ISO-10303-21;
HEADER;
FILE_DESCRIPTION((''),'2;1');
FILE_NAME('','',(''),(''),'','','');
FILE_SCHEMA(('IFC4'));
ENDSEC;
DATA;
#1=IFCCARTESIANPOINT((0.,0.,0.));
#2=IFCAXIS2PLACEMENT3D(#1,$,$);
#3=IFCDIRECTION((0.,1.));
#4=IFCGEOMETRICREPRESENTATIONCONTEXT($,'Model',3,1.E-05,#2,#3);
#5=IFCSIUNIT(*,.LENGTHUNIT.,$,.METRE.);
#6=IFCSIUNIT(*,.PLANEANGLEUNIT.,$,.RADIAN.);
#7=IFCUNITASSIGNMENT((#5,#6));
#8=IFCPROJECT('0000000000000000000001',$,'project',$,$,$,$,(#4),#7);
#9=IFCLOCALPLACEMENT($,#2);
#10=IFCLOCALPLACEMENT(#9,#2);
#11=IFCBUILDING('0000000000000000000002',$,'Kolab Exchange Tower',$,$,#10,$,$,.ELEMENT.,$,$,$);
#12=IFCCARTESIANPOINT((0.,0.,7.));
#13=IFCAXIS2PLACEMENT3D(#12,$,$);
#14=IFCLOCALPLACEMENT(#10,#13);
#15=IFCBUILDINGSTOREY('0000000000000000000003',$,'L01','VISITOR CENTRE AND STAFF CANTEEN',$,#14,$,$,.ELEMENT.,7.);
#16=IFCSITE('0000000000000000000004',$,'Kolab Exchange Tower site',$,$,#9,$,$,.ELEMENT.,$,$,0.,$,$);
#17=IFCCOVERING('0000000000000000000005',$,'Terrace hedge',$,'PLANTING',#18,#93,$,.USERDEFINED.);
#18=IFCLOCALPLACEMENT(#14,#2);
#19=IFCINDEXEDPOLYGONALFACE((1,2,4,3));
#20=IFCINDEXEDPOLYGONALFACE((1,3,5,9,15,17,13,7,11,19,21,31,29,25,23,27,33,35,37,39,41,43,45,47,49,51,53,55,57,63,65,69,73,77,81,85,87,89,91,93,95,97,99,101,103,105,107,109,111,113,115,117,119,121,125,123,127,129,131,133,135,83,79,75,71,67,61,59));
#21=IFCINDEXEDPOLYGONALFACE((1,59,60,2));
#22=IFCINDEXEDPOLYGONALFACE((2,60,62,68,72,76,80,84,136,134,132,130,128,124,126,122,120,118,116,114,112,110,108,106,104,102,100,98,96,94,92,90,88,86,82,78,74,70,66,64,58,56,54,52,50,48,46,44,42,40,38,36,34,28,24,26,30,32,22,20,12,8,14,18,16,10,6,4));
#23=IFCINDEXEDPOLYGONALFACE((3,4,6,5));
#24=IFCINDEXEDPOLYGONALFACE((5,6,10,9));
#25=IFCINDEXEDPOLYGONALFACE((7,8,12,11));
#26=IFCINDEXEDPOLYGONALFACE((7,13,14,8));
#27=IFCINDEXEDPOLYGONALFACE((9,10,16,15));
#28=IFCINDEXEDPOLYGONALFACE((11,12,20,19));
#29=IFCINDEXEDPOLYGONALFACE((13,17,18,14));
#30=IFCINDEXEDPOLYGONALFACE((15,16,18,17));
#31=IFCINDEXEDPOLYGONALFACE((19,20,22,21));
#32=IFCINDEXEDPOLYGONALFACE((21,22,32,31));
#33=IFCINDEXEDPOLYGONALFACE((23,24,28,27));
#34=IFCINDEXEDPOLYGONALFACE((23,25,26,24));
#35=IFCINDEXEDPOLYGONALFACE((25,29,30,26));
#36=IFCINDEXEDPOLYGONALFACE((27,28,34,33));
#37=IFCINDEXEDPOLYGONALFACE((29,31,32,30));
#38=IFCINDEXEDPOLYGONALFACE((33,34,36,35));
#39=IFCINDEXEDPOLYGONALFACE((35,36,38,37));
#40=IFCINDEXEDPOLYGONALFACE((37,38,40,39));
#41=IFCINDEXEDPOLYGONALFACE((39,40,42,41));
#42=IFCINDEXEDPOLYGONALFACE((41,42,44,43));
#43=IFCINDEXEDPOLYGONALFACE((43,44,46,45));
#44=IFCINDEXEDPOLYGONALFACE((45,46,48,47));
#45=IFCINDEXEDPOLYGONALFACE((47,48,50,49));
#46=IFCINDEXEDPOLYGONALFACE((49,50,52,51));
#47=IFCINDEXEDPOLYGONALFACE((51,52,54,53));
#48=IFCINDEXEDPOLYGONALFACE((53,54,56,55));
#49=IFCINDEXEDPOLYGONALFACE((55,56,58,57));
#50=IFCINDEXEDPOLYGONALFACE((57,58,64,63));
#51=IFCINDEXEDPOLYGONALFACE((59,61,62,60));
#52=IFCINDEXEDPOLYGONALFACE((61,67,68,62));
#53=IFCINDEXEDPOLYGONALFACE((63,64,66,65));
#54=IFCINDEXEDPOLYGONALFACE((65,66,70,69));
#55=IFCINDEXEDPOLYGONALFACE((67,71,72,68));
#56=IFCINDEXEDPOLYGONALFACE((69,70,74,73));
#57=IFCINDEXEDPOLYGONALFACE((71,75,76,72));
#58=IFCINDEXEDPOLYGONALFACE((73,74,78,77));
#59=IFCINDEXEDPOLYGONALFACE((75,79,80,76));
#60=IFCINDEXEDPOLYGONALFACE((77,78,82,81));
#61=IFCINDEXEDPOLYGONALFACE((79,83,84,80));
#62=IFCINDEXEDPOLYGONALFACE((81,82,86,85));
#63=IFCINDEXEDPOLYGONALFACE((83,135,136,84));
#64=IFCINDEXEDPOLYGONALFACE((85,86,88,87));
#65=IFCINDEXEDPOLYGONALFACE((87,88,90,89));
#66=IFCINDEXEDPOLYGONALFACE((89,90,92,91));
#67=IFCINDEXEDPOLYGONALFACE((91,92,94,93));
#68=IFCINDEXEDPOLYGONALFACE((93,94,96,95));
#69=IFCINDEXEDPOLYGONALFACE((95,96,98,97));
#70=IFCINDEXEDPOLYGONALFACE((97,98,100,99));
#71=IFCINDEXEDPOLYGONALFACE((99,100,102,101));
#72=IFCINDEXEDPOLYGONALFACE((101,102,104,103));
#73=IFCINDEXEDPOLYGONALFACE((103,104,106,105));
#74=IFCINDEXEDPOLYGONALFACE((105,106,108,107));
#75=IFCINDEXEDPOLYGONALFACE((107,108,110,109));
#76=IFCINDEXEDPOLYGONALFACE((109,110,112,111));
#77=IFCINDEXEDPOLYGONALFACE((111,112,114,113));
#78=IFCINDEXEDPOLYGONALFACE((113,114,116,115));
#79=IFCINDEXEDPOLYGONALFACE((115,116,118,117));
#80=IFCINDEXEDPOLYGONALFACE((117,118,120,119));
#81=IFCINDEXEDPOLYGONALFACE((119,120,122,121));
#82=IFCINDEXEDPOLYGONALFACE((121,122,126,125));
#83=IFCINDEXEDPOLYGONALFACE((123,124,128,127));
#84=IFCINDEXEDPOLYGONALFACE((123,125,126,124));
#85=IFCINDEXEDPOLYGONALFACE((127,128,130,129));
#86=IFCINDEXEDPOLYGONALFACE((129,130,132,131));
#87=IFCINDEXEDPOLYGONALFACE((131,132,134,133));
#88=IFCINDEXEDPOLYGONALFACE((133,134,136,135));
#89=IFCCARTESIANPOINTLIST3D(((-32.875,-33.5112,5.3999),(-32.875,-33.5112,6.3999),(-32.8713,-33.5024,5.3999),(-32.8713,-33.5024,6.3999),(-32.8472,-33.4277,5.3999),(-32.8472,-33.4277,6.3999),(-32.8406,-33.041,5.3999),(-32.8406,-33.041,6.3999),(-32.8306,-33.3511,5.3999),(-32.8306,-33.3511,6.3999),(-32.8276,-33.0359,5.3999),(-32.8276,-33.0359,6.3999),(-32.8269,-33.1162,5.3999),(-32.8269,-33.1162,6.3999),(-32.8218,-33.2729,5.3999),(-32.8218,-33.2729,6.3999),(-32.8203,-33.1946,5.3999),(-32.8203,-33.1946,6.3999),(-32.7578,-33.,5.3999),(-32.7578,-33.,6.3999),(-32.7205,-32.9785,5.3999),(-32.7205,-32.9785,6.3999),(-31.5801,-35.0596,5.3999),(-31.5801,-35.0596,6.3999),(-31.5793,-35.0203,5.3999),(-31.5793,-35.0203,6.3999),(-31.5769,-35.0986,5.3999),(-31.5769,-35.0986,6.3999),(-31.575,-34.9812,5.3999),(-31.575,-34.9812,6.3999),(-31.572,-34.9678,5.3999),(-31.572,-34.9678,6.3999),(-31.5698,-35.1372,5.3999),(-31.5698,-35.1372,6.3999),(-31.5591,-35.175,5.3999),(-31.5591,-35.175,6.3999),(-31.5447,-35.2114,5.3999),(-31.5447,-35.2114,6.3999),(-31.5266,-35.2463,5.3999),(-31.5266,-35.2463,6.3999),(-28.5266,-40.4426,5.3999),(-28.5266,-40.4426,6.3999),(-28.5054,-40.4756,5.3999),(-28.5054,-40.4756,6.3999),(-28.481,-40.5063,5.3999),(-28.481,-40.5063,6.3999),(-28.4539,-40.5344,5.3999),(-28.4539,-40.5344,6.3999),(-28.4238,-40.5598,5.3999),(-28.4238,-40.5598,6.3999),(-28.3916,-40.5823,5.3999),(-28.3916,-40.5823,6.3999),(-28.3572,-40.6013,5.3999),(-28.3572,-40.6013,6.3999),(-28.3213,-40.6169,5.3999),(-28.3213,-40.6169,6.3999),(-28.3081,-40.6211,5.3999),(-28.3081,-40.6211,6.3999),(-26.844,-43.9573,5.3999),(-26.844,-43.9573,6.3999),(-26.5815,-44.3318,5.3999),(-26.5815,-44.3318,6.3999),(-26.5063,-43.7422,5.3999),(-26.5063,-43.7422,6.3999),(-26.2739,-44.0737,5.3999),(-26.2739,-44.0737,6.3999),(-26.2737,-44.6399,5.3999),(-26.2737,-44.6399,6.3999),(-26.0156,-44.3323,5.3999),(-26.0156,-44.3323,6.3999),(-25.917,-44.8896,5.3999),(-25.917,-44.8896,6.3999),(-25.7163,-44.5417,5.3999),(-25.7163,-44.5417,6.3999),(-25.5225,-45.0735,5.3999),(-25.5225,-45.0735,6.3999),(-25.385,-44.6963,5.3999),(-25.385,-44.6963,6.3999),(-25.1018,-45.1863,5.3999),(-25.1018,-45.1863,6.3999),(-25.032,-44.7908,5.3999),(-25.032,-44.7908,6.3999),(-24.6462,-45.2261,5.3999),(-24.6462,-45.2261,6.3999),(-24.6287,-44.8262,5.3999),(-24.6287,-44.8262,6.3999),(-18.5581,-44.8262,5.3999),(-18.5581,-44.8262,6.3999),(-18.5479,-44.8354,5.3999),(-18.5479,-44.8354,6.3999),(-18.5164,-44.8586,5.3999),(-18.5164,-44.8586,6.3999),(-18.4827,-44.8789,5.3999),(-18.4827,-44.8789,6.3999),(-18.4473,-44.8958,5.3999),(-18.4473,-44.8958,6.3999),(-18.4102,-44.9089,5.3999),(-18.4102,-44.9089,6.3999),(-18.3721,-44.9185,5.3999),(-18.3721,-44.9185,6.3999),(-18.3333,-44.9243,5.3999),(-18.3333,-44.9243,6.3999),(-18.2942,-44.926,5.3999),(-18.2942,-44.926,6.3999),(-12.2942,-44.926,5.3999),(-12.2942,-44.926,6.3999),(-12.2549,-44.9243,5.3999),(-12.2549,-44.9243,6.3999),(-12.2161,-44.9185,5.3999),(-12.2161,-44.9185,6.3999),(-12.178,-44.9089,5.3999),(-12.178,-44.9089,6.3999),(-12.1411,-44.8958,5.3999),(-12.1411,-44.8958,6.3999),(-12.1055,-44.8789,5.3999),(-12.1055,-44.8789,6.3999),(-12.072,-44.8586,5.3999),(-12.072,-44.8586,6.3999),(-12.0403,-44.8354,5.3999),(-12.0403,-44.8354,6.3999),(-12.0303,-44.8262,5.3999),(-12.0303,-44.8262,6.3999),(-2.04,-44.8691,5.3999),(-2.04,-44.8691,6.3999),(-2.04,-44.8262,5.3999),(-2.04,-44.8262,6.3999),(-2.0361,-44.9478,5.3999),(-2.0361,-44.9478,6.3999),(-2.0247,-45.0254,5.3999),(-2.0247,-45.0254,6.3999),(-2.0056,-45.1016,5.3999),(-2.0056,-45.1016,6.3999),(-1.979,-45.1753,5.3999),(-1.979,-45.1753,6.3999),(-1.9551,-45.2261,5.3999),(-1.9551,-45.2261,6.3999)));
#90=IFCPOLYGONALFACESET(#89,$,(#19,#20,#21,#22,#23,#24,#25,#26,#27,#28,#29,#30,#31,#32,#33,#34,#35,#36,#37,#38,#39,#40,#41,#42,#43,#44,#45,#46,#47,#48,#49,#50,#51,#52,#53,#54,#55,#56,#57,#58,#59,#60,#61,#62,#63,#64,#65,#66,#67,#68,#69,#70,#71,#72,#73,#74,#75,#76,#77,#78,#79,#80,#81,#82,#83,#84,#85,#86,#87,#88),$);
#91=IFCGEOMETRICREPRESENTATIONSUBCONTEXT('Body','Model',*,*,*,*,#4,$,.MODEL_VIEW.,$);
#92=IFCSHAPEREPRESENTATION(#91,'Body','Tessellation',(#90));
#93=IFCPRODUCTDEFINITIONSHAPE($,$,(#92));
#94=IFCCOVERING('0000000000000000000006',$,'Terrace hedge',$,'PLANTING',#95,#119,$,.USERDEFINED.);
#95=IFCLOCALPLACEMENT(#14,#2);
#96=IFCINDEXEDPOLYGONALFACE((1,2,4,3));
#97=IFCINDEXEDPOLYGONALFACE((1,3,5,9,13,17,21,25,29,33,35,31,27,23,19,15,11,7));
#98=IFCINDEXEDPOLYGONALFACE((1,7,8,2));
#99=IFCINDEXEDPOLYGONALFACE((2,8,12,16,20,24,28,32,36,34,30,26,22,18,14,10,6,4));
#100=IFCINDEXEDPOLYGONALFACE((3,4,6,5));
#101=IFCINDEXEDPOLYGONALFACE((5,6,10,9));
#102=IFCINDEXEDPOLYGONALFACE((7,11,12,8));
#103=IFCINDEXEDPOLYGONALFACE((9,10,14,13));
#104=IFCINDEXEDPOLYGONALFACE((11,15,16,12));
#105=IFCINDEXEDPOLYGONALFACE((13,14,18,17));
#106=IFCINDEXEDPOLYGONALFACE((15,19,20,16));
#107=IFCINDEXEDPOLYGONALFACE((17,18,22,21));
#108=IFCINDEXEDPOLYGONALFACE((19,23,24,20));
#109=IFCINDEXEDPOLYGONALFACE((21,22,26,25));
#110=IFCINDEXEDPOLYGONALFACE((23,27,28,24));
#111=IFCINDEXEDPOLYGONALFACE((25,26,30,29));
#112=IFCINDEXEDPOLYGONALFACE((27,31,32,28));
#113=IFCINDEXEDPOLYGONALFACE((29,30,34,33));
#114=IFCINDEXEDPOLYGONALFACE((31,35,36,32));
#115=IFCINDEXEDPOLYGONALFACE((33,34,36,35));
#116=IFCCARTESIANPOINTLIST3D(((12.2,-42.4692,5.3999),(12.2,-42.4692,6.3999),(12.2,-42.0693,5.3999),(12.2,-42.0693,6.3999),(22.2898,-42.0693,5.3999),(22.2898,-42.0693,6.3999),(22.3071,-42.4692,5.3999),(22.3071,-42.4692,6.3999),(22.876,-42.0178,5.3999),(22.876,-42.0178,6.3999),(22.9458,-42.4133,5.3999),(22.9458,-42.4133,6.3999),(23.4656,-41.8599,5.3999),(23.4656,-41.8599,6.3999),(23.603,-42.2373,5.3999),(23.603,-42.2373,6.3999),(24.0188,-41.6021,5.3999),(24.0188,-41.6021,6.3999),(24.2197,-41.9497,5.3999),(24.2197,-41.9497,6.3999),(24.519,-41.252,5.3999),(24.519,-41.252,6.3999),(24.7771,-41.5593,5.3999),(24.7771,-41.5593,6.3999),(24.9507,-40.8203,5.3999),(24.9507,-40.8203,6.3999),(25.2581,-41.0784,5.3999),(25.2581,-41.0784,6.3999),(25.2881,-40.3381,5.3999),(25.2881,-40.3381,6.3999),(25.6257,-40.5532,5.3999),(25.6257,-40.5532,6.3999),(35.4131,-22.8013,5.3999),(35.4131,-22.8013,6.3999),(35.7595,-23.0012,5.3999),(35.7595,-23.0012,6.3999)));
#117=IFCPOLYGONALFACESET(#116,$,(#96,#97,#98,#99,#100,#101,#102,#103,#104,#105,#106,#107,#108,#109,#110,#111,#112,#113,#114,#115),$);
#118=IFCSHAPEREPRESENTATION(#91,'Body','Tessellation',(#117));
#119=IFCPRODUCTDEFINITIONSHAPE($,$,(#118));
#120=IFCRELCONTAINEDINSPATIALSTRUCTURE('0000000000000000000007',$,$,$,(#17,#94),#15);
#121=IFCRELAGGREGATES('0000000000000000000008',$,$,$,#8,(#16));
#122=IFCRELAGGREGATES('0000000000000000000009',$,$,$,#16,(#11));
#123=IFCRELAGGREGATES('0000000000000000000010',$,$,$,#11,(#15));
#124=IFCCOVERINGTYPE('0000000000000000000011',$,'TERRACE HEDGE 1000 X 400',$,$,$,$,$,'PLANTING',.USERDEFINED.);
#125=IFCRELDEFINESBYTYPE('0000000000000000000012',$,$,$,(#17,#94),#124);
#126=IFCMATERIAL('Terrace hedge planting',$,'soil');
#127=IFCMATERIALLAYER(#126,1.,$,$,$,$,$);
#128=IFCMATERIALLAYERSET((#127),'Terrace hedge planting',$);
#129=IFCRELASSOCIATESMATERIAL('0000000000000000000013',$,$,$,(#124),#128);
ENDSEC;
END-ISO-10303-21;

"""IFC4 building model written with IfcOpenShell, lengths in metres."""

from ifc_helpers import new_model, si_unit, direction, frame, origin, place, context, subcontext, project, spatial, polyline, outline, extrude, material, layer, layer_set, type_object, element, save


model = new_model("IFC4")

# Units and contexts
model_context = context("Model", 3, precision=1e-05, world=origin(), true_north=direction((0.0, 1.0)))
body_context = subcontext(model_context, "Body", "Model", "MODEL_VIEW")
ifc_project = project(units=[si_unit("LENGTHUNIT", "METRE"), si_unit("PLANEANGLEUNIT", "RADIAN")], contexts=[model_context])

# Site, building, storey
site_placement = place(None, origin())
site = spatial("IfcSite", under=ifc_project, at=site_placement, Name="Kolab Exchange Tower site", CompositionType="ELEMENT", RefElevation=0.0)
building_placement = place(site_placement, origin())
building = spatial("IfcBuilding", under=site, at=building_placement, Name="Kolab Exchange Tower", CompositionType="ELEMENT")
storey_placement = place(building_placement, frame((0.0, 0.0, 7.0)))
storey = spatial("IfcBuildingStorey", under=building, at=storey_placement, Name="L01", Description="VISITOR CENTRE AND STAFF CANTEEN", CompositionType="ELEMENT", Elevation=7.0)

# Coverings
ifc_material_1 = material(Name="Terrace hedge planting", Category="soil")
ifc_layer_1 = layer(ifc_material_1, 1.0)
ifc_layer_set_1 = layer_set([ifc_layer_1], Name="Terrace hedge planting")
covering_type_1 = type_object("IfcCoveringType", Name="TERRACE HEDGE 1000 X 400", ElementType="PLANTING", PredefinedType="USERDEFINED", material=ifc_layer_set_1)
covering_1_placement = place(storey_placement, frame((0.0, 0.0, 5.3999)))
element("IfcCovering", 1, at=covering_1_placement, inside=storey, type_object=covering_type_1, Name="Terrace hedge", ObjectType="PLANTING", PredefinedType="USERDEFINED", context=body_context, shape_type="SweptSolid", body=[
    extrude(outline(polyline([(-24.6462, -45.2261), (-25.1018, -45.1863), (-25.5225, -45.0735), (-25.917, -44.8896), (-26.2737, -44.6399), (-26.5815, -44.3318), (-26.844, -43.9573), (-32.875, -33.5112), (-32.8713, -33.5024), (-32.8472, -33.4277), (-32.8306, -33.3511), (-32.8218, -33.2729), (-32.8203, -33.1946), (-32.8269, -33.1162), (-32.8406, -33.041), (-32.8276, -33.0359), (-32.7578, -33.0), (-32.7205, -32.9785), (-31.572, -34.9678), (-31.575, -34.9812), (-31.5793, -35.0203), (-31.5801, -35.0596), (-31.5769, -35.0986), (-31.5698, -35.1372), (-31.5591, -35.175), (-31.5447, -35.2114), (-31.5266, -35.2463), (-28.5266, -40.4426), (-28.5054, -40.4756), (-28.481, -40.5063), (-28.4539, -40.5344), (-28.4238, -40.5598), (-28.3916, -40.5823), (-28.3572, -40.6013), (-28.3213, -40.6169), (-28.3081, -40.6211), (-26.5063, -43.7422), (-26.2739, -44.0737), (-26.0156, -44.3323), (-25.7163, -44.5417), (-25.385, -44.6963), (-25.032, -44.7908), (-24.6287, -44.8262), (-18.5581, -44.8262), (-18.5479, -44.8354), (-18.5164, -44.8586), (-18.4827, -44.8789), (-18.4473, -44.8958), (-18.4102, -44.9089), (-18.3721, -44.9185), (-18.3333, -44.9243), (-18.2942, -44.926), (-12.2942, -44.926), (-12.2549, -44.9243), (-12.2161, -44.9185), (-12.178, -44.9089), (-12.1411, -44.8958), (-12.1055, -44.8789), (-12.072, -44.8586), (-12.0403, -44.8354), (-12.0303, -44.8262), (-2.04, -44.8262), (-2.04, -44.8691), (-2.0361, -44.9478), (-2.0247, -45.0254), (-2.0056, -45.1016), (-1.979, -45.1753), (-1.9551, -45.2261), (-24.6462, -45.2261)])), origin(), (0.0, 0.0, 1.0), 1.0),
])
covering_2_placement = place(storey_placement, frame((0.0, 0.0, 5.3999)))
element("IfcCovering", 2, at=covering_2_placement, inside=storey, type_object=covering_type_1, Name="Terrace hedge", ObjectType="PLANTING", PredefinedType="USERDEFINED", context=body_context, shape_type="SweptSolid", body=[
    extrude(outline(polyline([(22.2898, -42.0693), (22.876, -42.0178), (23.4656, -41.8599), (24.0188, -41.6021), (24.519, -41.252), (24.9507, -40.8203), (25.2881, -40.3381), (35.4131, -22.8013), (35.7595, -23.0012), (25.6257, -40.5532), (25.2581, -41.0784), (24.7771, -41.5593), (24.2197, -41.9497), (23.603, -42.2373), (22.9458, -42.4133), (22.3071, -42.4692), (12.2, -42.4692), (12.2, -42.0693), (22.2898, -42.0693)])), origin(), (0.0, 0.0, 1.0), 1.0),
])

save(model, "model.ifc")
